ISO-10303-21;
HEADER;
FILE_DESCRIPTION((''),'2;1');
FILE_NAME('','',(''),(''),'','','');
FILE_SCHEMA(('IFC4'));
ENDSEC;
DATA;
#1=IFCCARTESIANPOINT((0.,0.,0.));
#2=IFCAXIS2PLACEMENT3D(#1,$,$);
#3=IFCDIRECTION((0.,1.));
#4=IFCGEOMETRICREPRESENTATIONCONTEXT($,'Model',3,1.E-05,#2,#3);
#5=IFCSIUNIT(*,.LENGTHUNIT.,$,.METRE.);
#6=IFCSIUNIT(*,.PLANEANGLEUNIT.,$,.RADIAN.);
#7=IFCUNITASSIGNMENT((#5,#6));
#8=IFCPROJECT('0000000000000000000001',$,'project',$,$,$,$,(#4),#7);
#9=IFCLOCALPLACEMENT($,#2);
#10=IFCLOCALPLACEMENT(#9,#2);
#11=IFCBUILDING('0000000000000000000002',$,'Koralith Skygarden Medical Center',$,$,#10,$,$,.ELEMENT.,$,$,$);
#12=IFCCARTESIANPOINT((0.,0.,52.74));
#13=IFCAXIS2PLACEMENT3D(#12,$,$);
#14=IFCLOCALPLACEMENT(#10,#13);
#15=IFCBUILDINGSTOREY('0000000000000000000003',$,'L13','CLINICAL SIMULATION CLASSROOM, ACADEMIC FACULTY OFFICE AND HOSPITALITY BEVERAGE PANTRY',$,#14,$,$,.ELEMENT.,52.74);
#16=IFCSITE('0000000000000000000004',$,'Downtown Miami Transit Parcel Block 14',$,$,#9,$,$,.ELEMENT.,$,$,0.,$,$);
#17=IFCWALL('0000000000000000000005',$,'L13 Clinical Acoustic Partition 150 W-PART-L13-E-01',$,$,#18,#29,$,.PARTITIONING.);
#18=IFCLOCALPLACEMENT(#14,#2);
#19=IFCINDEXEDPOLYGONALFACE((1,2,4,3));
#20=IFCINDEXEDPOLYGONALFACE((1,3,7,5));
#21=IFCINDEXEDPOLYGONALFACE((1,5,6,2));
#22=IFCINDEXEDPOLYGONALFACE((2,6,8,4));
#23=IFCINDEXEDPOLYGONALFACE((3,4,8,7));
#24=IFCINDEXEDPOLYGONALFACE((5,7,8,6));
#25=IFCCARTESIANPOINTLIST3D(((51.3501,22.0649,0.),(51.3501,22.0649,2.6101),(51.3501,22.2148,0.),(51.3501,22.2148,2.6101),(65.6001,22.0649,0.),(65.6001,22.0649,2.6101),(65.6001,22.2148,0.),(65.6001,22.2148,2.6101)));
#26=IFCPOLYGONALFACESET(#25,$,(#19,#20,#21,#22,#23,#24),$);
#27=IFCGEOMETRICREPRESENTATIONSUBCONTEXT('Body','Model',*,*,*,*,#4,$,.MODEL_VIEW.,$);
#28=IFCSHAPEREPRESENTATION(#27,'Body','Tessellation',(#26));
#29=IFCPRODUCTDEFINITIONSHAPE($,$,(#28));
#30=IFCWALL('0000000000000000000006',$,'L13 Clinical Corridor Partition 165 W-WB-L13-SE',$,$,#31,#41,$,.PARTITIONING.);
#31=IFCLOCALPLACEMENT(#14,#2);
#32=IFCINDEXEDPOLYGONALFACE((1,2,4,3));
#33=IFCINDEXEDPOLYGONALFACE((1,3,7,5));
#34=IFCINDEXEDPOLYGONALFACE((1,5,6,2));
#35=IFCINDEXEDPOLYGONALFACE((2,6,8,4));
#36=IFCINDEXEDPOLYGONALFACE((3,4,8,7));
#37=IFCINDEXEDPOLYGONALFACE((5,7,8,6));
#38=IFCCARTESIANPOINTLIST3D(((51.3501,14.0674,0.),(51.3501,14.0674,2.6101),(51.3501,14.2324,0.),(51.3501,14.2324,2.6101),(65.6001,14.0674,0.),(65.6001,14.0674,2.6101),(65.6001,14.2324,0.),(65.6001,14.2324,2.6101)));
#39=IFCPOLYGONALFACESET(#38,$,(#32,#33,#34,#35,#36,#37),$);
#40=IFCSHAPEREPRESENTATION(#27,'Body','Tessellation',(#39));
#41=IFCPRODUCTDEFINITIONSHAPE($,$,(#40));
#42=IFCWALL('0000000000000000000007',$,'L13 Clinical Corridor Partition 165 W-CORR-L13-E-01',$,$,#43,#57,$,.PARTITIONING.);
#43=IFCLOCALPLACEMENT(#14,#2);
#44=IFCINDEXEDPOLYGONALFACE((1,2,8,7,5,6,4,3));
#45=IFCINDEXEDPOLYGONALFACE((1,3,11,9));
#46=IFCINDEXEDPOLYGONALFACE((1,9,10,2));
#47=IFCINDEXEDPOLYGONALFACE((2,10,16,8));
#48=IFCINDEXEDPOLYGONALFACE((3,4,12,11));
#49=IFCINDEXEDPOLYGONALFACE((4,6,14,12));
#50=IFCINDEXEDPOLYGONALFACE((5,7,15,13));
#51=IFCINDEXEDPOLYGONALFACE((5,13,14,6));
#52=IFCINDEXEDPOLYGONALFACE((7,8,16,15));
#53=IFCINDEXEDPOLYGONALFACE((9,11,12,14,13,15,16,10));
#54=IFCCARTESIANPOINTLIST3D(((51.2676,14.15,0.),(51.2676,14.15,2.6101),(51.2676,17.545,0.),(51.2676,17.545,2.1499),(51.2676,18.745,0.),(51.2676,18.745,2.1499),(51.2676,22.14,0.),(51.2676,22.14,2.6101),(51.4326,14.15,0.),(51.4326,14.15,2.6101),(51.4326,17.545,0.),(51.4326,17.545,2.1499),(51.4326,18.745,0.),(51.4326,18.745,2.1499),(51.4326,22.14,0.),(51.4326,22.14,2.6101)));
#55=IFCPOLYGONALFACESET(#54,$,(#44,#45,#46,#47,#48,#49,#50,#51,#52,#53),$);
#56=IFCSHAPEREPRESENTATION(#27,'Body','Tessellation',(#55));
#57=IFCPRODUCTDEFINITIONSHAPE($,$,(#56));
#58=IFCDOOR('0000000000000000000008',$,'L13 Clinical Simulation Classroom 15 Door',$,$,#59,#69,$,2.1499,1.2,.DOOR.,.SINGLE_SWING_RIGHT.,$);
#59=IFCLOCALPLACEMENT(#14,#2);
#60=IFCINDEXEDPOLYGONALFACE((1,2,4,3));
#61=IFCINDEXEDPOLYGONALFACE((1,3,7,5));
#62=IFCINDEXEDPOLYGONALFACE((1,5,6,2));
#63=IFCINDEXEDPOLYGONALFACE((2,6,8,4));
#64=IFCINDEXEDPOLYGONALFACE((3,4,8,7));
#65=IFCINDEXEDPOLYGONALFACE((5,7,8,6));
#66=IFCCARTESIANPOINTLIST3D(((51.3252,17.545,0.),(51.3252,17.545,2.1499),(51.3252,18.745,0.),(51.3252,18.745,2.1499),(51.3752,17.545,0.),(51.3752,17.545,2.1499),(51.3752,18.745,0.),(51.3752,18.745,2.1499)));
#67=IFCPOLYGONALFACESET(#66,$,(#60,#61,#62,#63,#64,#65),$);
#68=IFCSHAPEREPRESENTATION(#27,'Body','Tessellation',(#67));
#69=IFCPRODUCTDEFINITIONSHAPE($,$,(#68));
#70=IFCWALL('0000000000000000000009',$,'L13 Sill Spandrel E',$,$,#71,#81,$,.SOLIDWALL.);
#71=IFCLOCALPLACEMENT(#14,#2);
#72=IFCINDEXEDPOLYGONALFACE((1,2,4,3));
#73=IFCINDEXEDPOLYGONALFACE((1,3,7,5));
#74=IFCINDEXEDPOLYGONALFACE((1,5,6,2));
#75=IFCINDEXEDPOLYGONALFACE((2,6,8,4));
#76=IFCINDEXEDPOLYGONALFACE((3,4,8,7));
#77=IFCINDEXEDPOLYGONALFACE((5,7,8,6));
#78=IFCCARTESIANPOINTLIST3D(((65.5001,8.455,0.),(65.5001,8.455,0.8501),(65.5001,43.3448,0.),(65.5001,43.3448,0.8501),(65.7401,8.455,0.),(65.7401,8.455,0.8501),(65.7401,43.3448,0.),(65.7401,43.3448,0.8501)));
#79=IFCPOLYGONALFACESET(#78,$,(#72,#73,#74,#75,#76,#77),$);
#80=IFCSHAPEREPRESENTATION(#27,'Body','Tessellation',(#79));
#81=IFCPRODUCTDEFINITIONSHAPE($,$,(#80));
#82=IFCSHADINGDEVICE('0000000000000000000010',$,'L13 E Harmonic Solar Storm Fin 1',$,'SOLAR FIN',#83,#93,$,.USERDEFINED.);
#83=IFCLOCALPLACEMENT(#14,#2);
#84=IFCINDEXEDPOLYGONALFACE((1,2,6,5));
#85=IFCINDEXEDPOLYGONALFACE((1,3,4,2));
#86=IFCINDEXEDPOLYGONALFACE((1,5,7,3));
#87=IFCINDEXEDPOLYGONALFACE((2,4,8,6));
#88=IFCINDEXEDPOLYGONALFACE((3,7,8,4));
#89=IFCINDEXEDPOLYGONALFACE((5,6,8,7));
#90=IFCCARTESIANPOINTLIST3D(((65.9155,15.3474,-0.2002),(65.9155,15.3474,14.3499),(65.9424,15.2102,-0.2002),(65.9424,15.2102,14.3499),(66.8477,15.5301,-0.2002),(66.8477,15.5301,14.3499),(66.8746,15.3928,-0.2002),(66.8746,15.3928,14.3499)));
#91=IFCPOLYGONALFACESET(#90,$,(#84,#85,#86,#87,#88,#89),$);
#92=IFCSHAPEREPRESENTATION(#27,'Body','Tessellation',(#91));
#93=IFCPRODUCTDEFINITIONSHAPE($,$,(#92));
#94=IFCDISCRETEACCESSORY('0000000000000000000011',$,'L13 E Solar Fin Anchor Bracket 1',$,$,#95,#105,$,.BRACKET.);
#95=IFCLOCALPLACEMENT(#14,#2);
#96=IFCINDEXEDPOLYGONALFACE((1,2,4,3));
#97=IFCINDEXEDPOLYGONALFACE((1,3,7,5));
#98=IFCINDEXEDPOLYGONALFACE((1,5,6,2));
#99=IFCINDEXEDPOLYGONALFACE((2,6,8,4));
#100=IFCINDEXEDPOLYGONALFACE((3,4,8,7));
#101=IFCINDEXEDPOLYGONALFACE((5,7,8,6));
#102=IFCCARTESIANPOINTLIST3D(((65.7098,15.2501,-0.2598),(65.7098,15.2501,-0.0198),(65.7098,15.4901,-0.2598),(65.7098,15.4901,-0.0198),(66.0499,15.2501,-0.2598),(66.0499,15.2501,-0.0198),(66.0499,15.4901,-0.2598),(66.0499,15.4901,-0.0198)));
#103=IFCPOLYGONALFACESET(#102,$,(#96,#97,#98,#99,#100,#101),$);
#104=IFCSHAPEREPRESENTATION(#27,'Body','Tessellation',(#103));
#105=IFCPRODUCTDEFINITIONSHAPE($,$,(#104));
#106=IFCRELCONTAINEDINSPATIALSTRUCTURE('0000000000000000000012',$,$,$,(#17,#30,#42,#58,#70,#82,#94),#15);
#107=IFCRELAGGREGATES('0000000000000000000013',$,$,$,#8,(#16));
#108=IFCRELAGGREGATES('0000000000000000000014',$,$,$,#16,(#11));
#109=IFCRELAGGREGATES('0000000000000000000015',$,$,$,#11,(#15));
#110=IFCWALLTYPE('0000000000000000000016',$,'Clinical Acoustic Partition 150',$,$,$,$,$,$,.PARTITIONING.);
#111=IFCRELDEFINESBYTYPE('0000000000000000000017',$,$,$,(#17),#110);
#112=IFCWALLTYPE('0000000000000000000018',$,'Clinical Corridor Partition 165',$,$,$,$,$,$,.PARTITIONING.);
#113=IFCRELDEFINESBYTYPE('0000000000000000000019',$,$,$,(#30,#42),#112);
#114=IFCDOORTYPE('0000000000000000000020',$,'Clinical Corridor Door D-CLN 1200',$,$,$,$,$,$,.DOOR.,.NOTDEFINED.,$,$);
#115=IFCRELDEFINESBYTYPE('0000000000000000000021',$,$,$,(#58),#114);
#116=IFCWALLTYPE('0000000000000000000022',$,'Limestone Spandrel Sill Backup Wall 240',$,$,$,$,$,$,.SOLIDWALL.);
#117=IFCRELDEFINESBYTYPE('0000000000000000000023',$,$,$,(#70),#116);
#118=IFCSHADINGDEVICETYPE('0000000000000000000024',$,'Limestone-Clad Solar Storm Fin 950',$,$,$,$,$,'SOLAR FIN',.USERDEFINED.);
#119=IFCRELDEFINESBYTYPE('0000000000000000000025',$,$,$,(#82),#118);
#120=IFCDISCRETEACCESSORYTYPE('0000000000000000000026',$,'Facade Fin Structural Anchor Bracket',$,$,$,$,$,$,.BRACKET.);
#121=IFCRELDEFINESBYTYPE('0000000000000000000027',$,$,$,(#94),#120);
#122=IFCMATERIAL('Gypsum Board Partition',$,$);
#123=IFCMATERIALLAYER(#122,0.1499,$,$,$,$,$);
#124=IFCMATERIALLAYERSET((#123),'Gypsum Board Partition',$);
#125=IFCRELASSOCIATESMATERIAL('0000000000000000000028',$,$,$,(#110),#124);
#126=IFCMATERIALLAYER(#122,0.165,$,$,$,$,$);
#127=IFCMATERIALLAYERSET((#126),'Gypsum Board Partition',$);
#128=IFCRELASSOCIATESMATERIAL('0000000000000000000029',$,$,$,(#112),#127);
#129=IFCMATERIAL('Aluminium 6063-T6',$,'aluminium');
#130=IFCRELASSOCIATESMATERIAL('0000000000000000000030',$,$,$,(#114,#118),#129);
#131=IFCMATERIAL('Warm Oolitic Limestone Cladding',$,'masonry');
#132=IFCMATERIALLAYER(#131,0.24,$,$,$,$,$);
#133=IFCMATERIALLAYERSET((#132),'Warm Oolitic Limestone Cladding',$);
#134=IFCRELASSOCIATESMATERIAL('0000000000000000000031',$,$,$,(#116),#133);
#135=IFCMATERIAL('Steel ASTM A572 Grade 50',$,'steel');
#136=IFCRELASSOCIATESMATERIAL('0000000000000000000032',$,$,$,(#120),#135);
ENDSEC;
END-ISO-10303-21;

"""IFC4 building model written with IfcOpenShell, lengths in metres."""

from ifc_helpers import new_model, si_unit, direction, frame, frame_2d, origin, origin_2d, place, context, subcontext, project, spatial, rectangle, extrude, material, layer, layer_set, type_object, element, fill, save


model = new_model("IFC4")

# Units and contexts
model_context = context("Model", 3, precision=1e-05, world=origin(), true_north=direction((0.0, 1.0)))
body_context = subcontext(model_context, "Body", "Model", "MODEL_VIEW")
ifc_project = project(units=[si_unit("LENGTHUNIT", "METRE"), si_unit("PLANEANGLEUNIT", "RADIAN")], contexts=[model_context])

# Site, building, storey
site_placement = place(None, origin())
site = spatial("IfcSite", under=ifc_project, at=site_placement, Name="Downtown Miami Transit Parcel Block 14", CompositionType="ELEMENT", RefElevation=0.0)
building_placement = place(site_placement, origin())
building = spatial("IfcBuilding", under=site, at=building_placement, Name="Koralith Skygarden Medical Center", CompositionType="ELEMENT")
storey_placement = place(building_placement, frame((0.0, 0.0, 52.74)))
storey = spatial("IfcBuildingStorey", under=building, at=storey_placement, Name="L13", Description="CLINICAL SIMULATION CLASSROOM, ACADEMIC FACULTY OFFICE AND HOSPITALITY BEVERAGE PANTRY", CompositionType="ELEMENT", Elevation=52.74)

# Shared definitions
ifc_material_1 = material(Name="Aluminium 6063-T6", Category="aluminium")

# Shared definitions
ifc_material_2 = material(Name="Warm Oolitic Limestone Cladding", Category="masonry")

# Walls
ifc_material_3 = material(Name="Gypsum Board Partition")
ifc_layer_1 = layer(ifc_material_3, 0.1499)
ifc_layer_set_1 = layer_set([ifc_layer_1], Name="Gypsum Board Partition")
wall_type_1 = type_object("IfcWallType", Name="Clinical Acoustic Partition 150", PredefinedType="PARTITIONING", material=ifc_layer_set_1)
wall_1_placement = place(storey_placement, frame((51.3501, 22.1399, 0.0), z_axis=(0.0, 0.0, 1.0), x_axis=(1.0, 0.0, 0.0)))
element("IfcWall", 1, at=wall_1_placement, inside=storey, type_object=wall_type_1, Name="L13 Clinical Acoustic Partition 150 W-PART-L13-E-01", PredefinedType="PARTITIONING", context=body_context, shape_type="SweptSolid", body=[
    extrude(rectangle(XDim=14.25, YDim=0.1499, at=frame_2d((7.125, 0.0))), origin(), (0.0, 0.0, 1.0), 2.6101),
])
ifc_layer_2 = layer(ifc_material_3, 0.165)
ifc_layer_set_2 = layer_set([ifc_layer_2], Name="Gypsum Board Partition")
wall_type_2 = type_object("IfcWallType", Name="Clinical Corridor Partition 165", PredefinedType="PARTITIONING", material=ifc_layer_set_2)
wall_2_placement = place(storey_placement, frame((51.3501, 14.1499, 0.0), z_axis=(0.0, 0.0, 1.0), x_axis=(1.0, 0.0, 0.0)))
element("IfcWall", 2, at=wall_2_placement, inside=storey, type_object=wall_type_2, Name="L13 Clinical Corridor Partition 165 W-WB-L13-SE", PredefinedType="PARTITIONING", context=body_context, shape_type="SweptSolid", body=[
    extrude(rectangle(XDim=14.25, YDim=0.165, at=frame_2d((7.125, 0.0))), origin(), (0.0, 0.0, 1.0), 2.6101),
])

# Wall, opening, door
wall_3_placement = place(storey_placement, frame((51.3501, 14.1499, 0.0), z_axis=(0.0, 0.0, 1.0), x_axis=(0.0, 1.0, 0.0)))
wall_3 = element("IfcWall", 3, at=wall_3_placement, inside=storey, type_object=wall_type_2, Name="L13 Clinical Corridor Partition 165 W-CORR-L13-E-01", PredefinedType="PARTITIONING", context=body_context, shape_type="SweptSolid", body=[
    extrude(rectangle(XDim=7.99, YDim=0.165, at=frame_2d((3.9951, 0.0))), origin(), (0.0, 0.0, 1.0), 2.6101),
])
opening_1_placement = place(wall_3_placement, frame((3.395, 0.0, 0.0)))
opening_1 = element("IfcOpeningElement", 4, at=opening_1_placement, cuts=wall_3, PredefinedType="OPENING", context=body_context, shape_type="SweptSolid", body=[
    extrude(rectangle(XDim=1.2, YDim=2.1499, at=frame_2d((0.6001, 1.075))), frame((0.0, 0.0925, 0.0), z_axis=(0.0, -1.0, 0.0), x_axis=(1.0, 0.0, 0.0)), (0.0, 0.0, 1.0), 0.1851),
])
door_type = type_object("IfcDoorType", Name="Clinical Corridor Door D-CLN 1200", OperationType="NOTDEFINED", PredefinedType="DOOR", material=ifc_material_1)
door_1_placement = place(opening_1_placement, origin())
door_1 = element("IfcDoor", 5, at=door_1_placement, inside=storey, type_object=door_type, Name="L13 Clinical Simulation Classroom 15 Door", OperationType="SINGLE_SWING_RIGHT", OverallHeight=2.1499, OverallWidth=1.2, PredefinedType="DOOR", context=body_context, shape_type="SweptSolid", body=[
    extrude(rectangle(XDim=1.2, YDim=2.1499, at=frame_2d((0.6001, 1.075))), frame((0.0, 0.0249, 0.0), z_axis=(0.0, -1.0, 0.0), x_axis=(1.0, 0.0, 0.0)), (0.0, 0.0, 1.0), 0.05),
])
fill(opening_1, door_1)

# Wall
ifc_layer_3 = layer(ifc_material_2, 0.24)
ifc_layer_set_3 = layer_set([ifc_layer_3], Name="Warm Oolitic Limestone Cladding")
wall_type_3 = type_object("IfcWallType", Name="Limestone Spandrel Sill Backup Wall 240", PredefinedType="SOLIDWALL", material=ifc_layer_set_3)
wall_4_placement = place(storey_placement, frame((65.6201, 8.4551, 0.0), z_axis=(0.0, 0.0, 1.0), x_axis=(0.0, 1.0, 0.0)))
element("IfcWall", 6, at=wall_4_placement, inside=storey, type_object=wall_type_3, Name="L13 Sill Spandrel E", PredefinedType="SOLIDWALL", context=body_context, shape_type="SweptSolid", body=[
    extrude(rectangle(XDim=34.8899, YDim=0.24, at=frame_2d((17.4448, 0.0))), origin(), (0.0, 0.0, 1.0), 0.8501),
])

# Shading device
shading_device_type = type_object("IfcShadingDeviceType", Name="Limestone-Clad Solar Storm Fin 950", ElementType="SOLAR FIN", PredefinedType="USERDEFINED", material=ifc_material_1)
shading_device_placement = place(storey_placement, frame((66.395, 15.3701, -0.2002), z_axis=(0.0, 0.0, 1.0), x_axis=(0.981346, 0.192248, 0.0)))
element("IfcShadingDevice", 7, at=shading_device_placement, inside=storey, type_object=shading_device_type, Name="L13 E Harmonic Solar Storm Fin 1", ObjectType="SOLAR FIN", PredefinedType="USERDEFINED", context=body_context, shape_type="SweptSolid", body=[
    extrude(rectangle(XDim=0.95, YDim=0.1399, at=origin_2d()), origin(), (0.0, 0.0, 1.0), 14.55),
])

# Discrete accessory
ifc_material_4 = material(Name="Steel ASTM A572 Grade 50", Category="steel")
discrete_accessory_type = type_object("IfcDiscreteAccessoryType", Name="Facade Fin Structural Anchor Bracket", PredefinedType="BRACKET", material=ifc_material_4)
discrete_accessory_placement = place(storey_placement, frame((65.8799, 15.3701, -0.2598), z_axis=(0.0, 0.0, 1.0), x_axis=(1.0, 0.0, 0.0)))
element("IfcDiscreteAccessory", 8, at=discrete_accessory_placement, inside=storey, type_object=discrete_accessory_type, Name="L13 E Solar Fin Anchor Bracket 1", PredefinedType="BRACKET", context=body_context, shape_type="SweptSolid", body=[
    extrude(rectangle(XDim=0.3401, YDim=0.24, at=origin_2d()), origin(), (0.0, 0.0, 1.0), 0.24),
])

save(model, "model.ifc")
